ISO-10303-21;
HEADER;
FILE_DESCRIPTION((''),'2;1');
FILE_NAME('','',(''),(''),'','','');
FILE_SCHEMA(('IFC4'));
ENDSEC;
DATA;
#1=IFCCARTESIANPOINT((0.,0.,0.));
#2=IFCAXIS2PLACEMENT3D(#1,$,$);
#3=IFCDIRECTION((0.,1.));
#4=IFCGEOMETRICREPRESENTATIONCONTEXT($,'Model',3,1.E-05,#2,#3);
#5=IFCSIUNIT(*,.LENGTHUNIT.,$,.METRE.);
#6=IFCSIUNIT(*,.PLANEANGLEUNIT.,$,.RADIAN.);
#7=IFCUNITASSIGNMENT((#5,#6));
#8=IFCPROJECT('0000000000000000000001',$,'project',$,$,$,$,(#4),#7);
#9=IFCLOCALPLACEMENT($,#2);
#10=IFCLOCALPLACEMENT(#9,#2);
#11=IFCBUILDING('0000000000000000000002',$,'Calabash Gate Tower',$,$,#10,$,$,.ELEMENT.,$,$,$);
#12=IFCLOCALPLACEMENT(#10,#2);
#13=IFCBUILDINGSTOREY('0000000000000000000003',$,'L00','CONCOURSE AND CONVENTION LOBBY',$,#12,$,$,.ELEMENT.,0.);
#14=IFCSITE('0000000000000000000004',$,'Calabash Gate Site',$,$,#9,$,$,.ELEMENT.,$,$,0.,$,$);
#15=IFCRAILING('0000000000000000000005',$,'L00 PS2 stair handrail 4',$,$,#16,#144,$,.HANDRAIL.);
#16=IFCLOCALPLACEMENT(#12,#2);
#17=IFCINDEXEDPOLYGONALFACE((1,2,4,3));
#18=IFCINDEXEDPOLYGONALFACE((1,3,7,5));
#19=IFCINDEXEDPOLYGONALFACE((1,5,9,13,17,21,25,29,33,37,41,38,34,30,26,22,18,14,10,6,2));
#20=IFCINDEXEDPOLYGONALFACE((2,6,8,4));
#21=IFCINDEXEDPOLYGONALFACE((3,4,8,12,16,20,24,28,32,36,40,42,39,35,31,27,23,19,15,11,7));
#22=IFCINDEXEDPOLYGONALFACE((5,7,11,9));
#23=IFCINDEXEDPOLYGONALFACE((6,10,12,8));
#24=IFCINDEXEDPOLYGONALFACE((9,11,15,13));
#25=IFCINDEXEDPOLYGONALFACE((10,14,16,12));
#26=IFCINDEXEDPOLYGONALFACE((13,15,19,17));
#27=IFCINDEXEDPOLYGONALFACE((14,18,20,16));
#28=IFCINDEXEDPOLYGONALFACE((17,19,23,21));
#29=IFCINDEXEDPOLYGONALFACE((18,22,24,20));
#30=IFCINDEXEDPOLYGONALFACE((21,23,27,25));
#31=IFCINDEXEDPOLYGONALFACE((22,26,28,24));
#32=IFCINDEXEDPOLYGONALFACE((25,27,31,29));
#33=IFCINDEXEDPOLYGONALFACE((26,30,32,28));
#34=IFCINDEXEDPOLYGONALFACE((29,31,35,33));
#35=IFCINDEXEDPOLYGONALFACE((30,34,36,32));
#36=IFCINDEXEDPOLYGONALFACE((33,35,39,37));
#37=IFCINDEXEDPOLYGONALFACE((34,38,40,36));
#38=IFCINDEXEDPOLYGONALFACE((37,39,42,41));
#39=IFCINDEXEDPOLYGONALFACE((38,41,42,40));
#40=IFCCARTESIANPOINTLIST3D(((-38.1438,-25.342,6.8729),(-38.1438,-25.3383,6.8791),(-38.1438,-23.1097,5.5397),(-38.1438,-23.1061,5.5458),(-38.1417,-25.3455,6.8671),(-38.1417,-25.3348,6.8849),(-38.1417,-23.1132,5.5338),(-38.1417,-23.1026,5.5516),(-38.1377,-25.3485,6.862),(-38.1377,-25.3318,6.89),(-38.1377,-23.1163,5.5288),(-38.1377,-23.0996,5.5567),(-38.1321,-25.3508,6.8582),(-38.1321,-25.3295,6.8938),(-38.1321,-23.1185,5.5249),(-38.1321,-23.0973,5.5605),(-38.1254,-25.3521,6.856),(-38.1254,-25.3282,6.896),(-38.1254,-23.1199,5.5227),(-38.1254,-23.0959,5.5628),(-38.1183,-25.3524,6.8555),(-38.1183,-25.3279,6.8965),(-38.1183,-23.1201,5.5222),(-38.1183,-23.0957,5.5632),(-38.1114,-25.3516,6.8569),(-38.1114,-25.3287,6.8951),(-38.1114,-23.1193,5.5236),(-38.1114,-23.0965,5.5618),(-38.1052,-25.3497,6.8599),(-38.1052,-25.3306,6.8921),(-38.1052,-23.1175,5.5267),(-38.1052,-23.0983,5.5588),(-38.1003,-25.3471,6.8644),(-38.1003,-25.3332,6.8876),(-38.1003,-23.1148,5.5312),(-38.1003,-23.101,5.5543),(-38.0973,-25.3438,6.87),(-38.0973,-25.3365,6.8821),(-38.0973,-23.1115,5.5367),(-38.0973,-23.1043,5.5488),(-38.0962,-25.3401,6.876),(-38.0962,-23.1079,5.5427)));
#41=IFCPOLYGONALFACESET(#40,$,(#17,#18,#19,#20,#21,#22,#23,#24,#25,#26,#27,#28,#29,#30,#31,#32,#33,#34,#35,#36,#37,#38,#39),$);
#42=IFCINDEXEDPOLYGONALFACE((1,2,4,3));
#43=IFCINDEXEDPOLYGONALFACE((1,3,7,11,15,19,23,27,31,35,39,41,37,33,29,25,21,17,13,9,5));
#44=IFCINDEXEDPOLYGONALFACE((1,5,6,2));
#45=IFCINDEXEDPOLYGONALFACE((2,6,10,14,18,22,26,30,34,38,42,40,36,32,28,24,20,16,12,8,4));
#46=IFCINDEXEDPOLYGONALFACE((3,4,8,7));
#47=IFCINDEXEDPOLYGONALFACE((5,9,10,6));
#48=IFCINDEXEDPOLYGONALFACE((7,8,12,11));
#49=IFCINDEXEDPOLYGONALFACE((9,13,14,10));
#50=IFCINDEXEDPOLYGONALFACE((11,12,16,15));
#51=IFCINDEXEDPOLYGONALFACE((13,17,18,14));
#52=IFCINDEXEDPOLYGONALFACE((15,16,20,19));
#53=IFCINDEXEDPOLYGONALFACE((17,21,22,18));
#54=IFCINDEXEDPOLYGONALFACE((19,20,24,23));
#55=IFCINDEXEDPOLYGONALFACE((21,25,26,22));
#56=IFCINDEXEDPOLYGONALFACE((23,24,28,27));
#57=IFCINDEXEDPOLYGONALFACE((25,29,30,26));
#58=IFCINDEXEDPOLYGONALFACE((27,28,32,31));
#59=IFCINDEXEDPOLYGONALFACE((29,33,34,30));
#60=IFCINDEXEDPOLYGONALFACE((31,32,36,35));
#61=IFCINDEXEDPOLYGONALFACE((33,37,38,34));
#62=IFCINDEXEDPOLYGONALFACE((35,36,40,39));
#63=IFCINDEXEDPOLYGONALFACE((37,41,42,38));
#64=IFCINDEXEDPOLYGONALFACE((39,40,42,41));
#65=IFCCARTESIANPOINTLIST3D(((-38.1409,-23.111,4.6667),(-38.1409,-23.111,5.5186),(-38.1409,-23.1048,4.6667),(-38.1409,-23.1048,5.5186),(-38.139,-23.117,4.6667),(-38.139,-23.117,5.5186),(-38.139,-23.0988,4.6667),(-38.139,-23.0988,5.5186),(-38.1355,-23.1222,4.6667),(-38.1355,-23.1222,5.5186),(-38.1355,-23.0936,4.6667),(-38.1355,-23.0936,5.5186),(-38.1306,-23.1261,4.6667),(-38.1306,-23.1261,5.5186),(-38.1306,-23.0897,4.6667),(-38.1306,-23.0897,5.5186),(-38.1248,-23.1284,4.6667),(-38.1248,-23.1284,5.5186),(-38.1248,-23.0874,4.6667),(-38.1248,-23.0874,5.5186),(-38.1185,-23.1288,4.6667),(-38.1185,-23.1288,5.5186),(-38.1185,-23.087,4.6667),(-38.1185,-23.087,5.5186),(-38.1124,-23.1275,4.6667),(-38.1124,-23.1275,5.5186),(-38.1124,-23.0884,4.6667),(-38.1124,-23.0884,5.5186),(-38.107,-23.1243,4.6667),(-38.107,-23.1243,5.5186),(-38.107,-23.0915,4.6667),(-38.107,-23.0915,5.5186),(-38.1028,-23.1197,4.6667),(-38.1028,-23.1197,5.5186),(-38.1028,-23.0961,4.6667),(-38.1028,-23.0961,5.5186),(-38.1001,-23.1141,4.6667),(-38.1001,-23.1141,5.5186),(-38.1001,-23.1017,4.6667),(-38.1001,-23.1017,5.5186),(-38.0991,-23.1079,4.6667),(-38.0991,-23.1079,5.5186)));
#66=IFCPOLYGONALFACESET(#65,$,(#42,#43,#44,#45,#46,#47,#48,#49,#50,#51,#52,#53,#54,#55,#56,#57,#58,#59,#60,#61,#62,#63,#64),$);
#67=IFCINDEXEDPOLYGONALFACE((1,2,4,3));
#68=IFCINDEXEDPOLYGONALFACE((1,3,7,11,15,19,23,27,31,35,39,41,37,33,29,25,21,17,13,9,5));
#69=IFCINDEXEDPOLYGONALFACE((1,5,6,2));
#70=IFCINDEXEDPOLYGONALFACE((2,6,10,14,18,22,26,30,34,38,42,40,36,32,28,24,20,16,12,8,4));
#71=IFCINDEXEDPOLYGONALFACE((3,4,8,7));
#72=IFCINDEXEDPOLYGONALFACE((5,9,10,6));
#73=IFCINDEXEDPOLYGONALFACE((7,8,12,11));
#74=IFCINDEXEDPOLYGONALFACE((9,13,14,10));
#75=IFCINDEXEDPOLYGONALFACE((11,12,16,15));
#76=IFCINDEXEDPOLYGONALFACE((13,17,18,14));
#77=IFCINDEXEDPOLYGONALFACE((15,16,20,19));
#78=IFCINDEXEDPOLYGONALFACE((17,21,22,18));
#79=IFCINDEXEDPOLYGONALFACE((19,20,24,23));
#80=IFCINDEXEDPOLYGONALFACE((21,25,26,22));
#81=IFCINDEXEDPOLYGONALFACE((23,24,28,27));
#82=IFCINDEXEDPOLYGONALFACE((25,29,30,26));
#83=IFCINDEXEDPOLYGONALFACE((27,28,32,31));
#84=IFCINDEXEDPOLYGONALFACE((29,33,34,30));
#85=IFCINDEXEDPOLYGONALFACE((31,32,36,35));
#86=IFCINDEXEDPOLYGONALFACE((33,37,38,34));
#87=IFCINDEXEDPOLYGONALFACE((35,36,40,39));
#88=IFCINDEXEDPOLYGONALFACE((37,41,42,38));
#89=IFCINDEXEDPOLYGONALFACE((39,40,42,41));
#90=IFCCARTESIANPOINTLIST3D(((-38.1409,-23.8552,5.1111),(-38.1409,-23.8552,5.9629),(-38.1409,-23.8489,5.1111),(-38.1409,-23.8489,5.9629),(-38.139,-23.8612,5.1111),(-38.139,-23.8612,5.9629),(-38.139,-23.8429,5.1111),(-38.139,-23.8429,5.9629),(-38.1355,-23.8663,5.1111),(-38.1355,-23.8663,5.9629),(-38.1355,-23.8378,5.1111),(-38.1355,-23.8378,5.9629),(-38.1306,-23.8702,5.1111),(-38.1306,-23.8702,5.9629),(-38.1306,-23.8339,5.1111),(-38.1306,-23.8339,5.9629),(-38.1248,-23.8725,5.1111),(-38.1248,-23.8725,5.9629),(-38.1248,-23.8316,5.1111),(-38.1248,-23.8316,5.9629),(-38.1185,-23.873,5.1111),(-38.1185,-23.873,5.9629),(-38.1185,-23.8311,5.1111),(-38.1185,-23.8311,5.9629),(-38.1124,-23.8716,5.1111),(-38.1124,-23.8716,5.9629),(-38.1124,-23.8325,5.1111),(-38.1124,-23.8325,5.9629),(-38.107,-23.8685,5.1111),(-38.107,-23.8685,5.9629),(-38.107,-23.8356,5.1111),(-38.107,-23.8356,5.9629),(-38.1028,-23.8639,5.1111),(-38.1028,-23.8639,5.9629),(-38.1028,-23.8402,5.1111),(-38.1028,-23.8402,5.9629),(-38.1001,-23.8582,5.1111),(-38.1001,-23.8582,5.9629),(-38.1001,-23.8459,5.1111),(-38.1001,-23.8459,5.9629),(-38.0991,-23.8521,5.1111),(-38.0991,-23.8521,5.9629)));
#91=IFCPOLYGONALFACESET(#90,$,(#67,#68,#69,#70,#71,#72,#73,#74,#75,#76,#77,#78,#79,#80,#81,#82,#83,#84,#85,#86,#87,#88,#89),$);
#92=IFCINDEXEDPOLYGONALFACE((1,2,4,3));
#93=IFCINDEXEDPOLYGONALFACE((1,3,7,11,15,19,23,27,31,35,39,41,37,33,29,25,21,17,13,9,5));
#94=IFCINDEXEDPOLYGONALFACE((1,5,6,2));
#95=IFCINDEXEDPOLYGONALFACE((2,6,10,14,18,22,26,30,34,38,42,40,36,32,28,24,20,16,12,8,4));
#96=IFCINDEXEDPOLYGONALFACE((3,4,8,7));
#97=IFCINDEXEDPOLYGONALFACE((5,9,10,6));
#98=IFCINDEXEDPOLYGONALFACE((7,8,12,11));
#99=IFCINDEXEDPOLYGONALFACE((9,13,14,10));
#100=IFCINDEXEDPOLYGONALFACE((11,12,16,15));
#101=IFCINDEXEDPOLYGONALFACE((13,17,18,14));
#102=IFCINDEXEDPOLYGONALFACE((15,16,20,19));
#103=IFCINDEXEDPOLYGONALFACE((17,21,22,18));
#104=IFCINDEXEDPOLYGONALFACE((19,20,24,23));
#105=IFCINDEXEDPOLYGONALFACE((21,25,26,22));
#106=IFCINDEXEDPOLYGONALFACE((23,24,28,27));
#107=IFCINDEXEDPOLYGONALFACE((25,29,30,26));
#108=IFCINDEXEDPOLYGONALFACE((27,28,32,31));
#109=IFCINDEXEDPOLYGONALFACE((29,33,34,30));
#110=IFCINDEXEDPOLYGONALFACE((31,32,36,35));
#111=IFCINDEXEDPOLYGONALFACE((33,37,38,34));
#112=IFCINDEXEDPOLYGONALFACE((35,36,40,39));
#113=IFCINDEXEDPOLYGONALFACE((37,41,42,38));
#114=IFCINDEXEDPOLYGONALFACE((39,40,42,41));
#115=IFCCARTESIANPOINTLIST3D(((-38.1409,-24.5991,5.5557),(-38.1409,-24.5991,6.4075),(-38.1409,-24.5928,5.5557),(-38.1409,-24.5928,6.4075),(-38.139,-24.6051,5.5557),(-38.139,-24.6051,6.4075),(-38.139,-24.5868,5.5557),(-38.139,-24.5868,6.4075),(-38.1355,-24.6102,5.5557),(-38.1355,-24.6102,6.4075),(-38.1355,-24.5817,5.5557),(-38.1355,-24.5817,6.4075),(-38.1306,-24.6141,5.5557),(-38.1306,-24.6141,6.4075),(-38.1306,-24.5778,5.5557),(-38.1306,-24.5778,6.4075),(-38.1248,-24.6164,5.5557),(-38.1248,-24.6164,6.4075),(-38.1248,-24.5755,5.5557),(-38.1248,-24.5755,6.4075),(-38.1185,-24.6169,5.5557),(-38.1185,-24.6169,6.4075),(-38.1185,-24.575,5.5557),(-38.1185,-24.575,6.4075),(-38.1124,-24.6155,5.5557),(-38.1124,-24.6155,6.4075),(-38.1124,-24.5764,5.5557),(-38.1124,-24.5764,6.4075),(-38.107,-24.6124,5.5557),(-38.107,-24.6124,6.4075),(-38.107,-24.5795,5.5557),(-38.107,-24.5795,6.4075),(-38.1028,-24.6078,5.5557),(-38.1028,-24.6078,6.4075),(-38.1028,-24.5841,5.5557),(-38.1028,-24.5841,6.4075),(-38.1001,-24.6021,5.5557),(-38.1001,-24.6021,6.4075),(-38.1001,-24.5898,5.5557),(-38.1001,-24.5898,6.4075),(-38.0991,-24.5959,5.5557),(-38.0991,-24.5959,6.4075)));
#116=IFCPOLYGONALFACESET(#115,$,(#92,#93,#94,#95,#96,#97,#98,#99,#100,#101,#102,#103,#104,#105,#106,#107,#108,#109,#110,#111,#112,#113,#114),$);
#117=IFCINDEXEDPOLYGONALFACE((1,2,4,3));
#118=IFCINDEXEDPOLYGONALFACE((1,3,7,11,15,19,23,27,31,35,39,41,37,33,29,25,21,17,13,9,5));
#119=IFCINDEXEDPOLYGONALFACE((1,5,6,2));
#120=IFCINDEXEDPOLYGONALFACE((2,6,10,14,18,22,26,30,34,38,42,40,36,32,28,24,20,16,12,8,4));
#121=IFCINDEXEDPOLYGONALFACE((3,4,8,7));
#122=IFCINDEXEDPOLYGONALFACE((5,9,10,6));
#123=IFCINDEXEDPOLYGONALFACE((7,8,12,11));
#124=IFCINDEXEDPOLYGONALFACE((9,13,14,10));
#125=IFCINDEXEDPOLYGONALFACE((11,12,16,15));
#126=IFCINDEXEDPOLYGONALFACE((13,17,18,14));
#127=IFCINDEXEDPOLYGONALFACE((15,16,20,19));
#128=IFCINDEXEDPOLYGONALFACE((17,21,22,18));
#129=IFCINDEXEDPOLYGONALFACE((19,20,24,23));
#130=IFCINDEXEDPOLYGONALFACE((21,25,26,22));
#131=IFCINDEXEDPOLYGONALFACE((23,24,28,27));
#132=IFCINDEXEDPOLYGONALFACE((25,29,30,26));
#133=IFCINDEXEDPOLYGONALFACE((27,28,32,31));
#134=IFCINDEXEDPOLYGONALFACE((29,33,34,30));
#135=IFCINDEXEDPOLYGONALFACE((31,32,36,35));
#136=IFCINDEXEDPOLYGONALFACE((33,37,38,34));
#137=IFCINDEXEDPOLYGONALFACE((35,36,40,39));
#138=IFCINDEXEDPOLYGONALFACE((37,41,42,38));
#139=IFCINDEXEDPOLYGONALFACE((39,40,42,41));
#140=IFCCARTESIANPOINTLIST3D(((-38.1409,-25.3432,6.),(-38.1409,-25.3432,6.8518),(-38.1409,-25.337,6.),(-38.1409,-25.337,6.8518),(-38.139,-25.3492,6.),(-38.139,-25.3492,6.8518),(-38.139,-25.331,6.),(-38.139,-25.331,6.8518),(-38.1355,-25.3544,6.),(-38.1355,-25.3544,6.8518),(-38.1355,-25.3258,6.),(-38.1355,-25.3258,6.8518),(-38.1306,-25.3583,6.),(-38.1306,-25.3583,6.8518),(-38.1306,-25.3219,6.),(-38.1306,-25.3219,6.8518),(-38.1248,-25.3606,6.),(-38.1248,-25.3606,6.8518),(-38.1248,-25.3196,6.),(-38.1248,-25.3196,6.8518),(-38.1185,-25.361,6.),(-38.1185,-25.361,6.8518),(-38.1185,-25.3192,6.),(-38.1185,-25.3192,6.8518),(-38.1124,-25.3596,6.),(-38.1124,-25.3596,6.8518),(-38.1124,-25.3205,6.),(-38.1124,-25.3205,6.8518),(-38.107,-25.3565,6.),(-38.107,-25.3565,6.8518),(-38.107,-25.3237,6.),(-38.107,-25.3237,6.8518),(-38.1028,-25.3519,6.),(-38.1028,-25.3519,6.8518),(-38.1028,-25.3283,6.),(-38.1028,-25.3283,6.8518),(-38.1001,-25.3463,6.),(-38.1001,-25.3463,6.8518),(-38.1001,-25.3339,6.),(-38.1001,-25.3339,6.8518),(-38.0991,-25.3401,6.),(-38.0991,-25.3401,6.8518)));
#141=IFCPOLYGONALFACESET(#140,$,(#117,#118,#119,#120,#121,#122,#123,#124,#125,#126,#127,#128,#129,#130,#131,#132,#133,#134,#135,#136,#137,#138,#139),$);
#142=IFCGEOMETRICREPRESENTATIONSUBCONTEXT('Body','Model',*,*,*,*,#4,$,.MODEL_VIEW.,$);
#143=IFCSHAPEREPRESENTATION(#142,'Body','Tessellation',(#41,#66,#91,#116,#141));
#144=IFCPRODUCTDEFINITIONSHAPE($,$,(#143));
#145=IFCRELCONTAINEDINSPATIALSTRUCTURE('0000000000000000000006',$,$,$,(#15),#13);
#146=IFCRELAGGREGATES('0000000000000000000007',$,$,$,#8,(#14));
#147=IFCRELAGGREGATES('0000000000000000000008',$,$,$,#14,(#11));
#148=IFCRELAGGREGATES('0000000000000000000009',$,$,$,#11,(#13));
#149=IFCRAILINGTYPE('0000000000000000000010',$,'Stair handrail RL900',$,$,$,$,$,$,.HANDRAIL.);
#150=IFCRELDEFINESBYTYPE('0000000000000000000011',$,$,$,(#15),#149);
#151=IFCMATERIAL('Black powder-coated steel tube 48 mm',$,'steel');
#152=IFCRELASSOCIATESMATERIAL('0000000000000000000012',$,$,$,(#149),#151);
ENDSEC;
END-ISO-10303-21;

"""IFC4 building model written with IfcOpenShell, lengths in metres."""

from ifc_helpers import new_model, si_unit, direction, frame, origin, origin_2d, place, context, subcontext, project, spatial, circle, extrude, material, type_object, element, save


model = new_model("IFC4")

# Units and contexts
model_context = context("Model", 3, precision=1e-05, world=origin(), true_north=direction((0.0, 1.0)))
body_context = subcontext(model_context, "Body", "Model", "MODEL_VIEW")
ifc_project = project(units=[si_unit("LENGTHUNIT", "METRE"), si_unit("PLANEANGLEUNIT", "RADIAN")], contexts=[model_context])

# Site, building, storey
site_placement = place(None, origin())
site = spatial("IfcSite", under=ifc_project, at=site_placement, Name="Calabash Gate Site", CompositionType="ELEMENT", RefElevation=0.0)
building_placement = place(site_placement, origin())
building = spatial("IfcBuilding", under=site, at=building_placement, Name="Calabash Gate Tower", CompositionType="ELEMENT")
storey_placement = place(building_placement, origin())
storey = spatial("IfcBuildingStorey", under=building, at=storey_placement, Name="L00", Description="CONCOURSE AND CONVENTION LOBBY", CompositionType="ELEMENT", Elevation=0.0)

# Railing
ifc_material_1 = material(Name="Black powder-coated steel tube 48 mm", Category="steel")
railing_type_1 = type_object("IfcRailingType", Name="Stair handrail RL900", PredefinedType="HANDRAIL", material=ifc_material_1)
for number, where, name in (
    (1, (-38.1201, -23.1079, 4.6667), "L00 PS2 stair handrail 4"),
):
    element("IfcRailing", number, at=place(storey_placement, frame(where)), inside=storey, type_object=railing_type_1, Name=name, PredefinedType="HANDRAIL", context=body_context, shape_type="SweptSolid", body=[
        extrude(circle(Radius=0.0239, at=origin_2d()), frame((0.0, 0.0, 0.876), z_axis=(0.0, -0.858519, 0.512782), x_axis=(1.0, 0.0, 0.0)), (0.0, 0.0, 1.0), 2.6001),
        extrude(circle(Radius=0.021, at=origin_2d()), origin(), (0.0, 0.0, 1.0), 0.8518),
        extrude(circle(Radius=0.021, at=origin_2d()), frame((0.0, -0.7441, 0.4443)), (0.0, 0.0, 1.0), 0.8518),
        extrude(circle(Radius=0.021, at=origin_2d()), frame((0.0, -1.488, 0.8889)), (0.0, 0.0, 1.0), 0.8518),
        extrude(circle(Radius=0.021, at=origin_2d()), frame((0.0, -2.2322, 1.3333)), (0.0, 0.0, 1.0), 0.8518),
    ])

save(model, "model.ifc")
